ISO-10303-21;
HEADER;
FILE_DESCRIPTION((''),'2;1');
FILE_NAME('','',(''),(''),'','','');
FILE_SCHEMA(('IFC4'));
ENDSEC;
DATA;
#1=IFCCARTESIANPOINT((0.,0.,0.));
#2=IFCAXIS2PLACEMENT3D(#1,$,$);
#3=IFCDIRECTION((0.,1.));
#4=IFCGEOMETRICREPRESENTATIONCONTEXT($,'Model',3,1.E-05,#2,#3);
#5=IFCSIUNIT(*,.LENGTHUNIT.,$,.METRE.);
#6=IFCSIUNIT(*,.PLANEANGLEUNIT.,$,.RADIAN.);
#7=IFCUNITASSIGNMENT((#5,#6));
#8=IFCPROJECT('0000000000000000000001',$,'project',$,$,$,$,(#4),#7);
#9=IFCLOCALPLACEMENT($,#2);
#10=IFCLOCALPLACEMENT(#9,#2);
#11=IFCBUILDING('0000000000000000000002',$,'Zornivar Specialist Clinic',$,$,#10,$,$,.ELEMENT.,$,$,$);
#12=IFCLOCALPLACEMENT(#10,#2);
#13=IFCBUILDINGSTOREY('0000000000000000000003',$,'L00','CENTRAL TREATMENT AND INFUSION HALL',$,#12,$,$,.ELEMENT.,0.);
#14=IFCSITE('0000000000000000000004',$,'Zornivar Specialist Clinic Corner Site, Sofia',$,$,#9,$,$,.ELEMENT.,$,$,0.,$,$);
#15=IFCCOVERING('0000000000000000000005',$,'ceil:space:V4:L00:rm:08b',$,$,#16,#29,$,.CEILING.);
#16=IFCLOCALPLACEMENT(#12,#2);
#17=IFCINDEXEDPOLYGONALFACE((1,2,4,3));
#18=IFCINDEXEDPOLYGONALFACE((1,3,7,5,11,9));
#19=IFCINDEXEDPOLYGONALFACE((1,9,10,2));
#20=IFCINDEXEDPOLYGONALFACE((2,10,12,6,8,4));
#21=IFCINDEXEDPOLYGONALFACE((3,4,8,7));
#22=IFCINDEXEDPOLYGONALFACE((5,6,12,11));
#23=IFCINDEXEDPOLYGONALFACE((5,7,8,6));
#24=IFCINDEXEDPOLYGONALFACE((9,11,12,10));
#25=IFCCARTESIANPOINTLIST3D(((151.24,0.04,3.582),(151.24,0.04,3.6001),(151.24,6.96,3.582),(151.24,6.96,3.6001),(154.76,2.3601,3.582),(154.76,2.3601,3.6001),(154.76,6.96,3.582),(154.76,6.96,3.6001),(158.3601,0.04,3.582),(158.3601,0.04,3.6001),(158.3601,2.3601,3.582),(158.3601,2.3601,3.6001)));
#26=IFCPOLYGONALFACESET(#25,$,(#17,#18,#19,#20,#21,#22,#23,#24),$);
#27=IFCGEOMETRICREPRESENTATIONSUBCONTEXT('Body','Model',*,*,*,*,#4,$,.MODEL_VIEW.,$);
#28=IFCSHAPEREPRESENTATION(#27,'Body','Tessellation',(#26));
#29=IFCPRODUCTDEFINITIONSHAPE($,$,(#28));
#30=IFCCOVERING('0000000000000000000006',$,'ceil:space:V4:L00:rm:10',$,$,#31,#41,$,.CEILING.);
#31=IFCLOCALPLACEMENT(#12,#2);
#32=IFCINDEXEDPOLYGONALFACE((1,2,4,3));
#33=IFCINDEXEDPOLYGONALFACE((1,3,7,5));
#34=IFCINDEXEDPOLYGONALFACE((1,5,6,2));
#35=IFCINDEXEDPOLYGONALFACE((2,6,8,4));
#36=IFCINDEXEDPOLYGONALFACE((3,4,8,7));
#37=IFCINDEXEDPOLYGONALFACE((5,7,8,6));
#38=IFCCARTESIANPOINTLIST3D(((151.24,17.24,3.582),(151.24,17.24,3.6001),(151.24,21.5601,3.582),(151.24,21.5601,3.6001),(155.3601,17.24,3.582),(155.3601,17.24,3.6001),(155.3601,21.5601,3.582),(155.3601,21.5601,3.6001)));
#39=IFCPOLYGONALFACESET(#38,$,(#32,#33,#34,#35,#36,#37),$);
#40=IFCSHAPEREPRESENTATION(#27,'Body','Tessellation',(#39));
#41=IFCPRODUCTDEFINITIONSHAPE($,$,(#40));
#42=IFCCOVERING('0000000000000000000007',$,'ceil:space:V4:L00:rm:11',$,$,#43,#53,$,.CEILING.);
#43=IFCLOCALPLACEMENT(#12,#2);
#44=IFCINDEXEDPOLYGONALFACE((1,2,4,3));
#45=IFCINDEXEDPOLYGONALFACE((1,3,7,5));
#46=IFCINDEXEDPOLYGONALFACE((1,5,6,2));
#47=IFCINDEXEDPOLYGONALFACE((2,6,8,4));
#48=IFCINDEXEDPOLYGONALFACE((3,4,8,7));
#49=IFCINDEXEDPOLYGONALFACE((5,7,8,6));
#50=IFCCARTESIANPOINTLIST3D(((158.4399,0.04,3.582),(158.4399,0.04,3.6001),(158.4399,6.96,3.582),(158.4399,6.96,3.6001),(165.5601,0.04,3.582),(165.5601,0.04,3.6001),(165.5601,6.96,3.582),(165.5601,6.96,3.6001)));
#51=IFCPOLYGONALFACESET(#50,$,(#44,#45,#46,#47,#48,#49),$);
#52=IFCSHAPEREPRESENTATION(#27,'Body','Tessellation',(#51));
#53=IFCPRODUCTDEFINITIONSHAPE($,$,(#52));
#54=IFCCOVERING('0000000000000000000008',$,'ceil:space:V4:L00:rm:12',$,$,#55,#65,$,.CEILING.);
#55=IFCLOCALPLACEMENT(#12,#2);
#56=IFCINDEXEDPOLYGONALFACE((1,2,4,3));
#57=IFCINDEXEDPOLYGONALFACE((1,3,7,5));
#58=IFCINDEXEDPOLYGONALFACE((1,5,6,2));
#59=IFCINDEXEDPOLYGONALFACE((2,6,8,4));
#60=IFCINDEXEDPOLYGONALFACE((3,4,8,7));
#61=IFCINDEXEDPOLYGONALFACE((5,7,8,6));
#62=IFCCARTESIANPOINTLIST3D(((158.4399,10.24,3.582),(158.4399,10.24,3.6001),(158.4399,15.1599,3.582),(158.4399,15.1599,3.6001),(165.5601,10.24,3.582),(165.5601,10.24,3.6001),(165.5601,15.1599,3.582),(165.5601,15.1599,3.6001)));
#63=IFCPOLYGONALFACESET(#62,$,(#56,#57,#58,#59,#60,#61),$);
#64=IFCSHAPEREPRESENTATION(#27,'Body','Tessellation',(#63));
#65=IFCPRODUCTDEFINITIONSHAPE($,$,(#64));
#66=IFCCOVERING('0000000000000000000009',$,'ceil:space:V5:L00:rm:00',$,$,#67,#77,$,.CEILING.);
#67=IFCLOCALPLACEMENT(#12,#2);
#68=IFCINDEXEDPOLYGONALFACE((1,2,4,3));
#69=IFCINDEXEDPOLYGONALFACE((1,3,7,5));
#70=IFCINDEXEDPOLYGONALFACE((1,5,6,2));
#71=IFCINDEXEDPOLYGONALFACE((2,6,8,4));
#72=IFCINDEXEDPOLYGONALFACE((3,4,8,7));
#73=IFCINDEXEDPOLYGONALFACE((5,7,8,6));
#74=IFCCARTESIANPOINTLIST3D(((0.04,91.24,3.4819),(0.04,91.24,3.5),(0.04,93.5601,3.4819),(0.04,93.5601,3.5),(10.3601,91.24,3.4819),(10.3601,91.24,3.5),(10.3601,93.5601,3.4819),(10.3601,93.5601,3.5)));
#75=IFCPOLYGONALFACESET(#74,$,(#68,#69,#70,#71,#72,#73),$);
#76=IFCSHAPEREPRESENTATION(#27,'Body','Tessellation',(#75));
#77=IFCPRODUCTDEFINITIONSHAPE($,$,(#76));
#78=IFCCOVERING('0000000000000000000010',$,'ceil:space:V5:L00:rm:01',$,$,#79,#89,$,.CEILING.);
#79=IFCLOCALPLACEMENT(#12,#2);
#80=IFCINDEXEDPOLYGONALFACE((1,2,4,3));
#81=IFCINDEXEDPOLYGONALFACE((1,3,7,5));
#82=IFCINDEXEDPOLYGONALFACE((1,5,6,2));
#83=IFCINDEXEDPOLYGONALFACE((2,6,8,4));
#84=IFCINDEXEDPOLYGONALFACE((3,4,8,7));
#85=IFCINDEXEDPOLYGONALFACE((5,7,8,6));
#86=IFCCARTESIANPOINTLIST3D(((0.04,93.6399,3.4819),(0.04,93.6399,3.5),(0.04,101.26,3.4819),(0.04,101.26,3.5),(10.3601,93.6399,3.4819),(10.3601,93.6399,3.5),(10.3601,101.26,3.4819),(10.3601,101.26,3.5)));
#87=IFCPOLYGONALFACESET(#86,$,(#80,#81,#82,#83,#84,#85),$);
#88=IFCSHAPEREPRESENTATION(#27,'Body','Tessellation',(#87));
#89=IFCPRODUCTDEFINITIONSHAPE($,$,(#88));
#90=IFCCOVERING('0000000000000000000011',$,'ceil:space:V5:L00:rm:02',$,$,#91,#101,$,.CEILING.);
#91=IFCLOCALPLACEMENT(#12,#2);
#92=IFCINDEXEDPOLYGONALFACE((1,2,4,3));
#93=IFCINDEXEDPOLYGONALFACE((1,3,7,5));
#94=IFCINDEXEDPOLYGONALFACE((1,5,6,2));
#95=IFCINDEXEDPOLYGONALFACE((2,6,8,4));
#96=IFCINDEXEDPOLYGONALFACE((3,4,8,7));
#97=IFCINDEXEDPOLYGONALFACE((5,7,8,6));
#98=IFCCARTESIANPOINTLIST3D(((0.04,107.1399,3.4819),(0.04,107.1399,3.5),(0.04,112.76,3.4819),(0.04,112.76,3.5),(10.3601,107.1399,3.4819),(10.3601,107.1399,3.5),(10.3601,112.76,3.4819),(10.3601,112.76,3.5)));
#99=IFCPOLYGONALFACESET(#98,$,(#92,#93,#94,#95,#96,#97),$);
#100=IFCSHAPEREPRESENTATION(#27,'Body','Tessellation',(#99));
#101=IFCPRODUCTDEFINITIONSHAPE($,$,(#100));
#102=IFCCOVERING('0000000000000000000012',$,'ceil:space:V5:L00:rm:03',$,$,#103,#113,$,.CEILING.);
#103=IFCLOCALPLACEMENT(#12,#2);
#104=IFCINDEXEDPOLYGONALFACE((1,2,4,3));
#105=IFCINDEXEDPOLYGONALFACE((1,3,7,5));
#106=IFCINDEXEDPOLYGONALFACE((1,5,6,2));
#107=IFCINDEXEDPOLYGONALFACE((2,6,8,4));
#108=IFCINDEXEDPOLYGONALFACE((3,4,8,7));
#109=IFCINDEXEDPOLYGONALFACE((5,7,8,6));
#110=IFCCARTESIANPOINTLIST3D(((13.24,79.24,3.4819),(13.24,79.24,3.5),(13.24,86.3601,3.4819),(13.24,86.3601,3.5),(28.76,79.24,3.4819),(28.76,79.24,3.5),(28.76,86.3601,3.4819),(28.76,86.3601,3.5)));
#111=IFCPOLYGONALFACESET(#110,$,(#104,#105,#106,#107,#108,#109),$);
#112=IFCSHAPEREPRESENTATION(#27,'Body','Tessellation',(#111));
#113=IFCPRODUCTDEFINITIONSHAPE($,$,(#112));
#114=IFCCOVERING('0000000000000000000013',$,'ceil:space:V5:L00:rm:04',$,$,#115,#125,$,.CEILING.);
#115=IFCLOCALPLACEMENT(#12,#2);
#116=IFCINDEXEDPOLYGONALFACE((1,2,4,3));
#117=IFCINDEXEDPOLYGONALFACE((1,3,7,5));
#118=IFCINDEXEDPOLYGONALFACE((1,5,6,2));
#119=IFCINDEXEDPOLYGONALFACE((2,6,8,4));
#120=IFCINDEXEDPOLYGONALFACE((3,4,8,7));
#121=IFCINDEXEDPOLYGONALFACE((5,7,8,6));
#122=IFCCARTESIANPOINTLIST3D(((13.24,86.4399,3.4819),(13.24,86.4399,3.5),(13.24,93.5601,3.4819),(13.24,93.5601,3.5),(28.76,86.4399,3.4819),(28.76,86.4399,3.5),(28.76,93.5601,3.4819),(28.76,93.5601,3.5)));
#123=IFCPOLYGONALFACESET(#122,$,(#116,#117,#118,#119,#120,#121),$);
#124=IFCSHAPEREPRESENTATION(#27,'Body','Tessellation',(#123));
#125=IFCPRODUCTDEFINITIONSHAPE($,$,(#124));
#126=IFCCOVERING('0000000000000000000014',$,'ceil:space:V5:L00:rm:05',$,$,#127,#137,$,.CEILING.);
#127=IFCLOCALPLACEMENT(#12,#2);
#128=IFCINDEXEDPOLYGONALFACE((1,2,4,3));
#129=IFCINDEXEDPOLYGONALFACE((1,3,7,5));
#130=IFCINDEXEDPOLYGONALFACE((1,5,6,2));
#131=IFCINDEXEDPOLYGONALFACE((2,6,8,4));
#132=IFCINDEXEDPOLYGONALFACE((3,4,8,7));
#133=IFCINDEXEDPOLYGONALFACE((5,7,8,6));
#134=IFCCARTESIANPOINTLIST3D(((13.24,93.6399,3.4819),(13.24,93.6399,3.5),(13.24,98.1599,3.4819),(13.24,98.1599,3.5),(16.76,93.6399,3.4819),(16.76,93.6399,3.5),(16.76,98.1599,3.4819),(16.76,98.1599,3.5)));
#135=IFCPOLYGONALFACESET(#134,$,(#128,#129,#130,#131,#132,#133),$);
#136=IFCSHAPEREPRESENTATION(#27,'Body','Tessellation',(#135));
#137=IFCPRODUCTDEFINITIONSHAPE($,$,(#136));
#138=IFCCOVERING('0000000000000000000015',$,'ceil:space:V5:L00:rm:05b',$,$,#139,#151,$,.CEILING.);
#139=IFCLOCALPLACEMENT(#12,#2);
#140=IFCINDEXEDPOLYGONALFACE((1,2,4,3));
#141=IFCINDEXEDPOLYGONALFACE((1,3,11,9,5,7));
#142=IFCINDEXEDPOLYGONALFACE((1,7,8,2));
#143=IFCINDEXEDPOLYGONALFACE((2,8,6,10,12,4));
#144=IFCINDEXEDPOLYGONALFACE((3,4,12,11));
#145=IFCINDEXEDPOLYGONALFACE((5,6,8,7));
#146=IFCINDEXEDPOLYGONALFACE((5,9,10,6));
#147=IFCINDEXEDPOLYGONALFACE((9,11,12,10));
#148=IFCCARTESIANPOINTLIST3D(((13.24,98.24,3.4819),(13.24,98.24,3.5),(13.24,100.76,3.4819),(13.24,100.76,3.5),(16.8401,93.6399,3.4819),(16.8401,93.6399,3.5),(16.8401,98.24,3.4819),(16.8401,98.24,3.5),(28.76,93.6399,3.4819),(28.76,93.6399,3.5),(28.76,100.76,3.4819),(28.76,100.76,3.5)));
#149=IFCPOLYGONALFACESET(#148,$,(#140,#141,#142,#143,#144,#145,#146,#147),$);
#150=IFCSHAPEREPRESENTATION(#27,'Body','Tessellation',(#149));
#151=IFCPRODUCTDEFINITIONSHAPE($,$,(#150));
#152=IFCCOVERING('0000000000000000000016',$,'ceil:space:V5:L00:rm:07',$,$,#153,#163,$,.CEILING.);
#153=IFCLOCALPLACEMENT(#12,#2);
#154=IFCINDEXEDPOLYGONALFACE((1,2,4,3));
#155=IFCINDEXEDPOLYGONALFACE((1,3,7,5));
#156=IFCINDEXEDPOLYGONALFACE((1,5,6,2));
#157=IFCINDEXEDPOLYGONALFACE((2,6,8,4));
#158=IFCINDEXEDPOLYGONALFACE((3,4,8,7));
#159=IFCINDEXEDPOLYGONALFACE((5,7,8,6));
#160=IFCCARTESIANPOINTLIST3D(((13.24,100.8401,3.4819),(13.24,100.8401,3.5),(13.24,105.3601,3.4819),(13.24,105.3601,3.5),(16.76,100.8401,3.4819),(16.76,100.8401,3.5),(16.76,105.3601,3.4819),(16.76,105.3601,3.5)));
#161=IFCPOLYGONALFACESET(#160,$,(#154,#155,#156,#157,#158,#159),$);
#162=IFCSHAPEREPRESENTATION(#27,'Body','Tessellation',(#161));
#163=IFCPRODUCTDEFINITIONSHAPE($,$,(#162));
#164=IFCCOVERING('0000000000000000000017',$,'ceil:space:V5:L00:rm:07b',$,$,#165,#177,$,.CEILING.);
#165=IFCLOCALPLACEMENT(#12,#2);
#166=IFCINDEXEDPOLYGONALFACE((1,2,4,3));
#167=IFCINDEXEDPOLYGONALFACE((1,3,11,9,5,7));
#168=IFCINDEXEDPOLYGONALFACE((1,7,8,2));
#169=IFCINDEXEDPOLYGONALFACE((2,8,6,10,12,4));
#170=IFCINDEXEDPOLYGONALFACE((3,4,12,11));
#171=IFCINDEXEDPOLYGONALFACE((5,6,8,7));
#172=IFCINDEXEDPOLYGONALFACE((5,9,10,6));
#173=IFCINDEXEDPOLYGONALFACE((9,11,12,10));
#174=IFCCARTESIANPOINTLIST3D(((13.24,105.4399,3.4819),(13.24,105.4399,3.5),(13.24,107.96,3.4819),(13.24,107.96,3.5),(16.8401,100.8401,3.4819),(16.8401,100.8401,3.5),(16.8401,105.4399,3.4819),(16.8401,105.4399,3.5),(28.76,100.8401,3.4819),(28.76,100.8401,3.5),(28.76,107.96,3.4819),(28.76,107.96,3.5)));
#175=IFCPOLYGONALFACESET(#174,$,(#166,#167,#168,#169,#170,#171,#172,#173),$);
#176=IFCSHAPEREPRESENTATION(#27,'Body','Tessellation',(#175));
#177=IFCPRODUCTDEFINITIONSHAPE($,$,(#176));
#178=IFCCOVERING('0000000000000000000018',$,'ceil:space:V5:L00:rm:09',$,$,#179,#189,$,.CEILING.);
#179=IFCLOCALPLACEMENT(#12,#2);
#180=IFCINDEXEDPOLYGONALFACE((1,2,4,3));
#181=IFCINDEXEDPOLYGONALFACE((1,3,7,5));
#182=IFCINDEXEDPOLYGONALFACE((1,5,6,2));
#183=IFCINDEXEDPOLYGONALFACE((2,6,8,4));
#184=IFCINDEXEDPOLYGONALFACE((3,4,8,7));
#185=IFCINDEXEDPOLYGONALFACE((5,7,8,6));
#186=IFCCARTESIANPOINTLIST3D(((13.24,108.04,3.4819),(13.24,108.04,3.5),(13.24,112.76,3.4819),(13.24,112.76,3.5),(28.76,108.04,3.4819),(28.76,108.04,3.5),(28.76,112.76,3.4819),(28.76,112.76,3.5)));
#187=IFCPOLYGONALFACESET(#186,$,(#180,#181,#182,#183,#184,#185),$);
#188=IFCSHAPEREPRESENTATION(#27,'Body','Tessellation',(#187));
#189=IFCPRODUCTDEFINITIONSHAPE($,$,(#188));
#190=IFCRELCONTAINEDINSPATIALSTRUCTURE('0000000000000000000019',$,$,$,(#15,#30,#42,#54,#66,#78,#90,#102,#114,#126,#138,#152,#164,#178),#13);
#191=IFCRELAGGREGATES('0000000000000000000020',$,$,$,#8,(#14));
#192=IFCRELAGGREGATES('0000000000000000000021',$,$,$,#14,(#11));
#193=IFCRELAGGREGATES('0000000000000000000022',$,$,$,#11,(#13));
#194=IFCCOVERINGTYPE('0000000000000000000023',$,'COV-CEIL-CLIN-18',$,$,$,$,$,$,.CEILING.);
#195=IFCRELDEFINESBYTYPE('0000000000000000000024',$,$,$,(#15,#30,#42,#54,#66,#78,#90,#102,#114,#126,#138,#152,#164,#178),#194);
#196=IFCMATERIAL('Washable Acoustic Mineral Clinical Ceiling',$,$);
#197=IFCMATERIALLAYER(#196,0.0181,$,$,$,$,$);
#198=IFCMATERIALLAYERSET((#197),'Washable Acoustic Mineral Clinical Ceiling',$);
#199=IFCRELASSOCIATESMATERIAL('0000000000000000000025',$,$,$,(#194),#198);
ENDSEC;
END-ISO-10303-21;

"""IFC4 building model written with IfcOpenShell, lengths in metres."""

from ifc_helpers import new_model, si_unit, direction, frame, origin, place, context, subcontext, project, spatial, polyline, outline, extrude, material, layer, layer_set, type_object, element, save


model = new_model("IFC4")

# Units and contexts
model_context = context("Model", 3, precision=1e-05, world=origin(), true_north=direction((0.0, 1.0)))
body_context = subcontext(model_context, "Body", "Model", "MODEL_VIEW")
ifc_project = project(units=[si_unit("LENGTHUNIT", "METRE"), si_unit("PLANEANGLEUNIT", "RADIAN")], contexts=[model_context])

# Site, building, storey
site_placement = place(None, origin())
site = spatial("IfcSite", under=ifc_project, at=site_placement, Name="Zornivar Specialist Clinic Corner Site, Sofia", CompositionType="ELEMENT", RefElevation=0.0)
building_placement = place(site_placement, origin())
building = spatial("IfcBuilding", under=site, at=building_placement, Name="Zornivar Specialist Clinic", CompositionType="ELEMENT")
storey_placement = place(building_placement, origin())
storey = spatial("IfcBuildingStorey", under=building, at=storey_placement, Name="L00", Description="CENTRAL TREATMENT AND INFUSION HALL", CompositionType="ELEMENT", Elevation=0.0)

# Coverings
ifc_material_1 = material(Name="Washable Acoustic Mineral Clinical Ceiling")
ifc_layer_1 = layer(ifc_material_1, 0.0181)
ifc_layer_set_1 = layer_set([ifc_layer_1], Name="Washable Acoustic Mineral Clinical Ceiling")
covering_type_1 = type_object("IfcCoveringType", Name="COV-CEIL-CLIN-18", PredefinedType="CEILING", material=ifc_layer_set_1)
covering_1_placement = place(storey_placement, frame((0.0, 0.0, 3.582)))
element("IfcCovering", 1, at=covering_1_placement, inside=storey, type_object=covering_type_1, Name="ceil:space:V4:L00:rm:08b", PredefinedType="CEILING", context=body_context, shape_type="SweptSolid", body=[
    extrude(outline(polyline([(154.76, 6.96), (154.76, 2.3601), (158.3601, 2.3601), (158.3601, 0.04), (151.24, 0.04), (151.24, 6.96), (154.76, 6.96)])), origin(), (0.0, 0.0, 1.0), 0.0181),
])
covering_2_placement = place(storey_placement, frame((0.0, 0.0, 3.582)))
element("IfcCovering", 2, at=covering_2_placement, inside=storey, type_object=covering_type_1, Name="ceil:space:V4:L00:rm:10", PredefinedType="CEILING", context=body_context, shape_type="SweptSolid", body=[
    extrude(outline(polyline([(155.3601, 21.5601), (155.3601, 17.24), (151.24, 17.24), (151.24, 21.5601), (155.3601, 21.5601)])), origin(), (0.0, 0.0, 1.0), 0.0181),
])
covering_3_placement = place(storey_placement, frame((0.0, 0.0, 3.582)))
element("IfcCovering", 3, at=covering_3_placement, inside=storey, type_object=covering_type_1, Name="ceil:space:V4:L00:rm:11", PredefinedType="CEILING", context=body_context, shape_type="SweptSolid", body=[
    extrude(outline(polyline([(158.4399, 6.96), (165.5601, 6.96), (165.5601, 0.04), (158.4399, 0.04), (158.4399, 6.96)])), origin(), (0.0, 0.0, 1.0), 0.0181),
])
covering_4_placement = place(storey_placement, frame((0.0, 0.0, 3.582)))
element("IfcCovering", 4, at=covering_4_placement, inside=storey, type_object=covering_type_1, Name="ceil:space:V4:L00:rm:12", PredefinedType="CEILING", context=body_context, shape_type="SweptSolid", body=[
    extrude(outline(polyline([(158.4399, 10.24), (158.4399, 15.1599), (165.5601, 15.1599), (165.5601, 10.24), (158.4399, 10.24)])), origin(), (0.0, 0.0, 1.0), 0.0181),
])
covering_5_placement = place(storey_placement, frame((0.0, 0.0, 3.4819)))
element("IfcCovering", 5, at=covering_5_placement, inside=storey, type_object=covering_type_1, Name="ceil:space:V5:L00:rm:00", PredefinedType="CEILING", context=body_context, shape_type="SweptSolid", body=[
    extrude(outline(polyline([(0.04, 91.24), (0.04, 93.5601), (10.3601, 93.5601), (10.3601, 91.24), (0.04, 91.24)])), origin(), (0.0, 0.0, 1.0), 0.0181),
])
covering_6_placement = place(storey_placement, frame((0.0, 0.0, 3.4819)))
element("IfcCovering", 6, at=covering_6_placement, inside=storey, type_object=covering_type_1, Name="ceil:space:V5:L00:rm:01", PredefinedType="CEILING", context=body_context, shape_type="SweptSolid", body=[
    extrude(outline(polyline([(0.04, 93.6399), (0.04, 101.26), (10.3601, 101.26), (10.3601, 93.6399), (0.04, 93.6399)])), origin(), (0.0, 0.0, 1.0), 0.0181),
])
covering_7_placement = place(storey_placement, frame((0.0, 0.0, 3.4819)))
element("IfcCovering", 7, at=covering_7_placement, inside=storey, type_object=covering_type_1, Name="ceil:space:V5:L00:rm:02", PredefinedType="CEILING", context=body_context, shape_type="SweptSolid", body=[
    extrude(outline(polyline([(10.3601, 112.76), (10.3601, 107.1399), (0.04, 107.1399), (0.04, 112.76), (10.3601, 112.76)])), origin(), (0.0, 0.0, 1.0), 0.0181),
])
covering_8_placement = place(storey_placement, frame((0.0, 0.0, 3.4819)))
element("IfcCovering", 8, at=covering_8_placement, inside=storey, type_object=covering_type_1, Name="ceil:space:V5:L00:rm:03", PredefinedType="CEILING", context=body_context, shape_type="SweptSolid", body=[
    extrude(outline(polyline([(13.24, 79.24), (13.24, 86.3601), (28.76, 86.3601), (28.76, 79.24), (13.24, 79.24)])), origin(), (0.0, 0.0, 1.0), 0.0181),
])
covering_9_placement = place(storey_placement, frame((0.0, 0.0, 3.4819)))
element("IfcCovering", 9, at=covering_9_placement, inside=storey, type_object=covering_type_1, Name="ceil:space:V5:L00:rm:04", PredefinedType="CEILING", context=body_context, shape_type="SweptSolid", body=[
    extrude(outline(polyline([(13.24, 86.4399), (13.24, 93.5601), (28.76, 93.5601), (28.76, 86.4399), (13.24, 86.4399)])), origin(), (0.0, 0.0, 1.0), 0.0181),
])
covering_10_placement = place(storey_placement, frame((0.0, 0.0, 3.4819)))
element("IfcCovering", 10, at=covering_10_placement, inside=storey, type_object=covering_type_1, Name="ceil:space:V5:L00:rm:05", PredefinedType="CEILING", context=body_context, shape_type="SweptSolid", body=[
    extrude(outline(polyline([(13.24, 98.1599), (16.76, 98.1599), (16.76, 93.6399), (13.24, 93.6399), (13.24, 98.1599)])), origin(), (0.0, 0.0, 1.0), 0.0181),
])
covering_11_placement = place(storey_placement, frame((0.0, 0.0, 3.4819)))
element("IfcCovering", 11, at=covering_11_placement, inside=storey, type_object=covering_type_1, Name="ceil:space:V5:L00:rm:05b", PredefinedType="CEILING", context=body_context, shape_type="SweptSolid", body=[
    extrude(outline(polyline([(16.8401, 98.24), (13.24, 98.24), (13.24, 100.76), (28.76, 100.76), (28.76, 93.6399), (16.8401, 93.6399), (16.8401, 98.24)])), origin(), (0.0, 0.0, 1.0), 0.0181),
])
covering_12_placement = place(storey_placement, frame((0.0, 0.0, 3.4819)))
element("IfcCovering", 12, at=covering_12_placement, inside=storey, type_object=covering_type_1, Name="ceil:space:V5:L00:rm:07", PredefinedType="CEILING", context=body_context, shape_type="SweptSolid", body=[
    extrude(outline(polyline([(13.24, 105.3601), (16.76, 105.3601), (16.76, 100.8401), (13.24, 100.8401), (13.24, 105.3601)])), origin(), (0.0, 0.0, 1.0), 0.0181),
])
covering_13_placement = place(storey_placement, frame((0.0, 0.0, 3.4819)))
element("IfcCovering", 13, at=covering_13_placement, inside=storey, type_object=covering_type_1, Name="ceil:space:V5:L00:rm:07b", PredefinedType="CEILING", context=body_context, shape_type="SweptSolid", body=[
    extrude(outline(polyline([(16.8401, 105.4399), (13.24, 105.4399), (13.24, 107.96), (28.76, 107.96), (28.76, 100.8401), (16.8401, 100.8401), (16.8401, 105.4399)])), origin(), (0.0, 0.0, 1.0), 0.0181),
])
covering_14_placement = place(storey_placement, frame((0.0, 0.0, 3.4819)))
element("IfcCovering", 14, at=covering_14_placement, inside=storey, type_object=covering_type_1, Name="ceil:space:V5:L00:rm:09", PredefinedType="CEILING", context=body_context, shape_type="SweptSolid", body=[
    extrude(outline(polyline([(13.24, 108.04), (13.24, 112.76), (28.76, 112.76), (28.76, 108.04), (13.24, 108.04)])), origin(), (0.0, 0.0, 1.0), 0.0181),
])

save(model, "model.ifc")
